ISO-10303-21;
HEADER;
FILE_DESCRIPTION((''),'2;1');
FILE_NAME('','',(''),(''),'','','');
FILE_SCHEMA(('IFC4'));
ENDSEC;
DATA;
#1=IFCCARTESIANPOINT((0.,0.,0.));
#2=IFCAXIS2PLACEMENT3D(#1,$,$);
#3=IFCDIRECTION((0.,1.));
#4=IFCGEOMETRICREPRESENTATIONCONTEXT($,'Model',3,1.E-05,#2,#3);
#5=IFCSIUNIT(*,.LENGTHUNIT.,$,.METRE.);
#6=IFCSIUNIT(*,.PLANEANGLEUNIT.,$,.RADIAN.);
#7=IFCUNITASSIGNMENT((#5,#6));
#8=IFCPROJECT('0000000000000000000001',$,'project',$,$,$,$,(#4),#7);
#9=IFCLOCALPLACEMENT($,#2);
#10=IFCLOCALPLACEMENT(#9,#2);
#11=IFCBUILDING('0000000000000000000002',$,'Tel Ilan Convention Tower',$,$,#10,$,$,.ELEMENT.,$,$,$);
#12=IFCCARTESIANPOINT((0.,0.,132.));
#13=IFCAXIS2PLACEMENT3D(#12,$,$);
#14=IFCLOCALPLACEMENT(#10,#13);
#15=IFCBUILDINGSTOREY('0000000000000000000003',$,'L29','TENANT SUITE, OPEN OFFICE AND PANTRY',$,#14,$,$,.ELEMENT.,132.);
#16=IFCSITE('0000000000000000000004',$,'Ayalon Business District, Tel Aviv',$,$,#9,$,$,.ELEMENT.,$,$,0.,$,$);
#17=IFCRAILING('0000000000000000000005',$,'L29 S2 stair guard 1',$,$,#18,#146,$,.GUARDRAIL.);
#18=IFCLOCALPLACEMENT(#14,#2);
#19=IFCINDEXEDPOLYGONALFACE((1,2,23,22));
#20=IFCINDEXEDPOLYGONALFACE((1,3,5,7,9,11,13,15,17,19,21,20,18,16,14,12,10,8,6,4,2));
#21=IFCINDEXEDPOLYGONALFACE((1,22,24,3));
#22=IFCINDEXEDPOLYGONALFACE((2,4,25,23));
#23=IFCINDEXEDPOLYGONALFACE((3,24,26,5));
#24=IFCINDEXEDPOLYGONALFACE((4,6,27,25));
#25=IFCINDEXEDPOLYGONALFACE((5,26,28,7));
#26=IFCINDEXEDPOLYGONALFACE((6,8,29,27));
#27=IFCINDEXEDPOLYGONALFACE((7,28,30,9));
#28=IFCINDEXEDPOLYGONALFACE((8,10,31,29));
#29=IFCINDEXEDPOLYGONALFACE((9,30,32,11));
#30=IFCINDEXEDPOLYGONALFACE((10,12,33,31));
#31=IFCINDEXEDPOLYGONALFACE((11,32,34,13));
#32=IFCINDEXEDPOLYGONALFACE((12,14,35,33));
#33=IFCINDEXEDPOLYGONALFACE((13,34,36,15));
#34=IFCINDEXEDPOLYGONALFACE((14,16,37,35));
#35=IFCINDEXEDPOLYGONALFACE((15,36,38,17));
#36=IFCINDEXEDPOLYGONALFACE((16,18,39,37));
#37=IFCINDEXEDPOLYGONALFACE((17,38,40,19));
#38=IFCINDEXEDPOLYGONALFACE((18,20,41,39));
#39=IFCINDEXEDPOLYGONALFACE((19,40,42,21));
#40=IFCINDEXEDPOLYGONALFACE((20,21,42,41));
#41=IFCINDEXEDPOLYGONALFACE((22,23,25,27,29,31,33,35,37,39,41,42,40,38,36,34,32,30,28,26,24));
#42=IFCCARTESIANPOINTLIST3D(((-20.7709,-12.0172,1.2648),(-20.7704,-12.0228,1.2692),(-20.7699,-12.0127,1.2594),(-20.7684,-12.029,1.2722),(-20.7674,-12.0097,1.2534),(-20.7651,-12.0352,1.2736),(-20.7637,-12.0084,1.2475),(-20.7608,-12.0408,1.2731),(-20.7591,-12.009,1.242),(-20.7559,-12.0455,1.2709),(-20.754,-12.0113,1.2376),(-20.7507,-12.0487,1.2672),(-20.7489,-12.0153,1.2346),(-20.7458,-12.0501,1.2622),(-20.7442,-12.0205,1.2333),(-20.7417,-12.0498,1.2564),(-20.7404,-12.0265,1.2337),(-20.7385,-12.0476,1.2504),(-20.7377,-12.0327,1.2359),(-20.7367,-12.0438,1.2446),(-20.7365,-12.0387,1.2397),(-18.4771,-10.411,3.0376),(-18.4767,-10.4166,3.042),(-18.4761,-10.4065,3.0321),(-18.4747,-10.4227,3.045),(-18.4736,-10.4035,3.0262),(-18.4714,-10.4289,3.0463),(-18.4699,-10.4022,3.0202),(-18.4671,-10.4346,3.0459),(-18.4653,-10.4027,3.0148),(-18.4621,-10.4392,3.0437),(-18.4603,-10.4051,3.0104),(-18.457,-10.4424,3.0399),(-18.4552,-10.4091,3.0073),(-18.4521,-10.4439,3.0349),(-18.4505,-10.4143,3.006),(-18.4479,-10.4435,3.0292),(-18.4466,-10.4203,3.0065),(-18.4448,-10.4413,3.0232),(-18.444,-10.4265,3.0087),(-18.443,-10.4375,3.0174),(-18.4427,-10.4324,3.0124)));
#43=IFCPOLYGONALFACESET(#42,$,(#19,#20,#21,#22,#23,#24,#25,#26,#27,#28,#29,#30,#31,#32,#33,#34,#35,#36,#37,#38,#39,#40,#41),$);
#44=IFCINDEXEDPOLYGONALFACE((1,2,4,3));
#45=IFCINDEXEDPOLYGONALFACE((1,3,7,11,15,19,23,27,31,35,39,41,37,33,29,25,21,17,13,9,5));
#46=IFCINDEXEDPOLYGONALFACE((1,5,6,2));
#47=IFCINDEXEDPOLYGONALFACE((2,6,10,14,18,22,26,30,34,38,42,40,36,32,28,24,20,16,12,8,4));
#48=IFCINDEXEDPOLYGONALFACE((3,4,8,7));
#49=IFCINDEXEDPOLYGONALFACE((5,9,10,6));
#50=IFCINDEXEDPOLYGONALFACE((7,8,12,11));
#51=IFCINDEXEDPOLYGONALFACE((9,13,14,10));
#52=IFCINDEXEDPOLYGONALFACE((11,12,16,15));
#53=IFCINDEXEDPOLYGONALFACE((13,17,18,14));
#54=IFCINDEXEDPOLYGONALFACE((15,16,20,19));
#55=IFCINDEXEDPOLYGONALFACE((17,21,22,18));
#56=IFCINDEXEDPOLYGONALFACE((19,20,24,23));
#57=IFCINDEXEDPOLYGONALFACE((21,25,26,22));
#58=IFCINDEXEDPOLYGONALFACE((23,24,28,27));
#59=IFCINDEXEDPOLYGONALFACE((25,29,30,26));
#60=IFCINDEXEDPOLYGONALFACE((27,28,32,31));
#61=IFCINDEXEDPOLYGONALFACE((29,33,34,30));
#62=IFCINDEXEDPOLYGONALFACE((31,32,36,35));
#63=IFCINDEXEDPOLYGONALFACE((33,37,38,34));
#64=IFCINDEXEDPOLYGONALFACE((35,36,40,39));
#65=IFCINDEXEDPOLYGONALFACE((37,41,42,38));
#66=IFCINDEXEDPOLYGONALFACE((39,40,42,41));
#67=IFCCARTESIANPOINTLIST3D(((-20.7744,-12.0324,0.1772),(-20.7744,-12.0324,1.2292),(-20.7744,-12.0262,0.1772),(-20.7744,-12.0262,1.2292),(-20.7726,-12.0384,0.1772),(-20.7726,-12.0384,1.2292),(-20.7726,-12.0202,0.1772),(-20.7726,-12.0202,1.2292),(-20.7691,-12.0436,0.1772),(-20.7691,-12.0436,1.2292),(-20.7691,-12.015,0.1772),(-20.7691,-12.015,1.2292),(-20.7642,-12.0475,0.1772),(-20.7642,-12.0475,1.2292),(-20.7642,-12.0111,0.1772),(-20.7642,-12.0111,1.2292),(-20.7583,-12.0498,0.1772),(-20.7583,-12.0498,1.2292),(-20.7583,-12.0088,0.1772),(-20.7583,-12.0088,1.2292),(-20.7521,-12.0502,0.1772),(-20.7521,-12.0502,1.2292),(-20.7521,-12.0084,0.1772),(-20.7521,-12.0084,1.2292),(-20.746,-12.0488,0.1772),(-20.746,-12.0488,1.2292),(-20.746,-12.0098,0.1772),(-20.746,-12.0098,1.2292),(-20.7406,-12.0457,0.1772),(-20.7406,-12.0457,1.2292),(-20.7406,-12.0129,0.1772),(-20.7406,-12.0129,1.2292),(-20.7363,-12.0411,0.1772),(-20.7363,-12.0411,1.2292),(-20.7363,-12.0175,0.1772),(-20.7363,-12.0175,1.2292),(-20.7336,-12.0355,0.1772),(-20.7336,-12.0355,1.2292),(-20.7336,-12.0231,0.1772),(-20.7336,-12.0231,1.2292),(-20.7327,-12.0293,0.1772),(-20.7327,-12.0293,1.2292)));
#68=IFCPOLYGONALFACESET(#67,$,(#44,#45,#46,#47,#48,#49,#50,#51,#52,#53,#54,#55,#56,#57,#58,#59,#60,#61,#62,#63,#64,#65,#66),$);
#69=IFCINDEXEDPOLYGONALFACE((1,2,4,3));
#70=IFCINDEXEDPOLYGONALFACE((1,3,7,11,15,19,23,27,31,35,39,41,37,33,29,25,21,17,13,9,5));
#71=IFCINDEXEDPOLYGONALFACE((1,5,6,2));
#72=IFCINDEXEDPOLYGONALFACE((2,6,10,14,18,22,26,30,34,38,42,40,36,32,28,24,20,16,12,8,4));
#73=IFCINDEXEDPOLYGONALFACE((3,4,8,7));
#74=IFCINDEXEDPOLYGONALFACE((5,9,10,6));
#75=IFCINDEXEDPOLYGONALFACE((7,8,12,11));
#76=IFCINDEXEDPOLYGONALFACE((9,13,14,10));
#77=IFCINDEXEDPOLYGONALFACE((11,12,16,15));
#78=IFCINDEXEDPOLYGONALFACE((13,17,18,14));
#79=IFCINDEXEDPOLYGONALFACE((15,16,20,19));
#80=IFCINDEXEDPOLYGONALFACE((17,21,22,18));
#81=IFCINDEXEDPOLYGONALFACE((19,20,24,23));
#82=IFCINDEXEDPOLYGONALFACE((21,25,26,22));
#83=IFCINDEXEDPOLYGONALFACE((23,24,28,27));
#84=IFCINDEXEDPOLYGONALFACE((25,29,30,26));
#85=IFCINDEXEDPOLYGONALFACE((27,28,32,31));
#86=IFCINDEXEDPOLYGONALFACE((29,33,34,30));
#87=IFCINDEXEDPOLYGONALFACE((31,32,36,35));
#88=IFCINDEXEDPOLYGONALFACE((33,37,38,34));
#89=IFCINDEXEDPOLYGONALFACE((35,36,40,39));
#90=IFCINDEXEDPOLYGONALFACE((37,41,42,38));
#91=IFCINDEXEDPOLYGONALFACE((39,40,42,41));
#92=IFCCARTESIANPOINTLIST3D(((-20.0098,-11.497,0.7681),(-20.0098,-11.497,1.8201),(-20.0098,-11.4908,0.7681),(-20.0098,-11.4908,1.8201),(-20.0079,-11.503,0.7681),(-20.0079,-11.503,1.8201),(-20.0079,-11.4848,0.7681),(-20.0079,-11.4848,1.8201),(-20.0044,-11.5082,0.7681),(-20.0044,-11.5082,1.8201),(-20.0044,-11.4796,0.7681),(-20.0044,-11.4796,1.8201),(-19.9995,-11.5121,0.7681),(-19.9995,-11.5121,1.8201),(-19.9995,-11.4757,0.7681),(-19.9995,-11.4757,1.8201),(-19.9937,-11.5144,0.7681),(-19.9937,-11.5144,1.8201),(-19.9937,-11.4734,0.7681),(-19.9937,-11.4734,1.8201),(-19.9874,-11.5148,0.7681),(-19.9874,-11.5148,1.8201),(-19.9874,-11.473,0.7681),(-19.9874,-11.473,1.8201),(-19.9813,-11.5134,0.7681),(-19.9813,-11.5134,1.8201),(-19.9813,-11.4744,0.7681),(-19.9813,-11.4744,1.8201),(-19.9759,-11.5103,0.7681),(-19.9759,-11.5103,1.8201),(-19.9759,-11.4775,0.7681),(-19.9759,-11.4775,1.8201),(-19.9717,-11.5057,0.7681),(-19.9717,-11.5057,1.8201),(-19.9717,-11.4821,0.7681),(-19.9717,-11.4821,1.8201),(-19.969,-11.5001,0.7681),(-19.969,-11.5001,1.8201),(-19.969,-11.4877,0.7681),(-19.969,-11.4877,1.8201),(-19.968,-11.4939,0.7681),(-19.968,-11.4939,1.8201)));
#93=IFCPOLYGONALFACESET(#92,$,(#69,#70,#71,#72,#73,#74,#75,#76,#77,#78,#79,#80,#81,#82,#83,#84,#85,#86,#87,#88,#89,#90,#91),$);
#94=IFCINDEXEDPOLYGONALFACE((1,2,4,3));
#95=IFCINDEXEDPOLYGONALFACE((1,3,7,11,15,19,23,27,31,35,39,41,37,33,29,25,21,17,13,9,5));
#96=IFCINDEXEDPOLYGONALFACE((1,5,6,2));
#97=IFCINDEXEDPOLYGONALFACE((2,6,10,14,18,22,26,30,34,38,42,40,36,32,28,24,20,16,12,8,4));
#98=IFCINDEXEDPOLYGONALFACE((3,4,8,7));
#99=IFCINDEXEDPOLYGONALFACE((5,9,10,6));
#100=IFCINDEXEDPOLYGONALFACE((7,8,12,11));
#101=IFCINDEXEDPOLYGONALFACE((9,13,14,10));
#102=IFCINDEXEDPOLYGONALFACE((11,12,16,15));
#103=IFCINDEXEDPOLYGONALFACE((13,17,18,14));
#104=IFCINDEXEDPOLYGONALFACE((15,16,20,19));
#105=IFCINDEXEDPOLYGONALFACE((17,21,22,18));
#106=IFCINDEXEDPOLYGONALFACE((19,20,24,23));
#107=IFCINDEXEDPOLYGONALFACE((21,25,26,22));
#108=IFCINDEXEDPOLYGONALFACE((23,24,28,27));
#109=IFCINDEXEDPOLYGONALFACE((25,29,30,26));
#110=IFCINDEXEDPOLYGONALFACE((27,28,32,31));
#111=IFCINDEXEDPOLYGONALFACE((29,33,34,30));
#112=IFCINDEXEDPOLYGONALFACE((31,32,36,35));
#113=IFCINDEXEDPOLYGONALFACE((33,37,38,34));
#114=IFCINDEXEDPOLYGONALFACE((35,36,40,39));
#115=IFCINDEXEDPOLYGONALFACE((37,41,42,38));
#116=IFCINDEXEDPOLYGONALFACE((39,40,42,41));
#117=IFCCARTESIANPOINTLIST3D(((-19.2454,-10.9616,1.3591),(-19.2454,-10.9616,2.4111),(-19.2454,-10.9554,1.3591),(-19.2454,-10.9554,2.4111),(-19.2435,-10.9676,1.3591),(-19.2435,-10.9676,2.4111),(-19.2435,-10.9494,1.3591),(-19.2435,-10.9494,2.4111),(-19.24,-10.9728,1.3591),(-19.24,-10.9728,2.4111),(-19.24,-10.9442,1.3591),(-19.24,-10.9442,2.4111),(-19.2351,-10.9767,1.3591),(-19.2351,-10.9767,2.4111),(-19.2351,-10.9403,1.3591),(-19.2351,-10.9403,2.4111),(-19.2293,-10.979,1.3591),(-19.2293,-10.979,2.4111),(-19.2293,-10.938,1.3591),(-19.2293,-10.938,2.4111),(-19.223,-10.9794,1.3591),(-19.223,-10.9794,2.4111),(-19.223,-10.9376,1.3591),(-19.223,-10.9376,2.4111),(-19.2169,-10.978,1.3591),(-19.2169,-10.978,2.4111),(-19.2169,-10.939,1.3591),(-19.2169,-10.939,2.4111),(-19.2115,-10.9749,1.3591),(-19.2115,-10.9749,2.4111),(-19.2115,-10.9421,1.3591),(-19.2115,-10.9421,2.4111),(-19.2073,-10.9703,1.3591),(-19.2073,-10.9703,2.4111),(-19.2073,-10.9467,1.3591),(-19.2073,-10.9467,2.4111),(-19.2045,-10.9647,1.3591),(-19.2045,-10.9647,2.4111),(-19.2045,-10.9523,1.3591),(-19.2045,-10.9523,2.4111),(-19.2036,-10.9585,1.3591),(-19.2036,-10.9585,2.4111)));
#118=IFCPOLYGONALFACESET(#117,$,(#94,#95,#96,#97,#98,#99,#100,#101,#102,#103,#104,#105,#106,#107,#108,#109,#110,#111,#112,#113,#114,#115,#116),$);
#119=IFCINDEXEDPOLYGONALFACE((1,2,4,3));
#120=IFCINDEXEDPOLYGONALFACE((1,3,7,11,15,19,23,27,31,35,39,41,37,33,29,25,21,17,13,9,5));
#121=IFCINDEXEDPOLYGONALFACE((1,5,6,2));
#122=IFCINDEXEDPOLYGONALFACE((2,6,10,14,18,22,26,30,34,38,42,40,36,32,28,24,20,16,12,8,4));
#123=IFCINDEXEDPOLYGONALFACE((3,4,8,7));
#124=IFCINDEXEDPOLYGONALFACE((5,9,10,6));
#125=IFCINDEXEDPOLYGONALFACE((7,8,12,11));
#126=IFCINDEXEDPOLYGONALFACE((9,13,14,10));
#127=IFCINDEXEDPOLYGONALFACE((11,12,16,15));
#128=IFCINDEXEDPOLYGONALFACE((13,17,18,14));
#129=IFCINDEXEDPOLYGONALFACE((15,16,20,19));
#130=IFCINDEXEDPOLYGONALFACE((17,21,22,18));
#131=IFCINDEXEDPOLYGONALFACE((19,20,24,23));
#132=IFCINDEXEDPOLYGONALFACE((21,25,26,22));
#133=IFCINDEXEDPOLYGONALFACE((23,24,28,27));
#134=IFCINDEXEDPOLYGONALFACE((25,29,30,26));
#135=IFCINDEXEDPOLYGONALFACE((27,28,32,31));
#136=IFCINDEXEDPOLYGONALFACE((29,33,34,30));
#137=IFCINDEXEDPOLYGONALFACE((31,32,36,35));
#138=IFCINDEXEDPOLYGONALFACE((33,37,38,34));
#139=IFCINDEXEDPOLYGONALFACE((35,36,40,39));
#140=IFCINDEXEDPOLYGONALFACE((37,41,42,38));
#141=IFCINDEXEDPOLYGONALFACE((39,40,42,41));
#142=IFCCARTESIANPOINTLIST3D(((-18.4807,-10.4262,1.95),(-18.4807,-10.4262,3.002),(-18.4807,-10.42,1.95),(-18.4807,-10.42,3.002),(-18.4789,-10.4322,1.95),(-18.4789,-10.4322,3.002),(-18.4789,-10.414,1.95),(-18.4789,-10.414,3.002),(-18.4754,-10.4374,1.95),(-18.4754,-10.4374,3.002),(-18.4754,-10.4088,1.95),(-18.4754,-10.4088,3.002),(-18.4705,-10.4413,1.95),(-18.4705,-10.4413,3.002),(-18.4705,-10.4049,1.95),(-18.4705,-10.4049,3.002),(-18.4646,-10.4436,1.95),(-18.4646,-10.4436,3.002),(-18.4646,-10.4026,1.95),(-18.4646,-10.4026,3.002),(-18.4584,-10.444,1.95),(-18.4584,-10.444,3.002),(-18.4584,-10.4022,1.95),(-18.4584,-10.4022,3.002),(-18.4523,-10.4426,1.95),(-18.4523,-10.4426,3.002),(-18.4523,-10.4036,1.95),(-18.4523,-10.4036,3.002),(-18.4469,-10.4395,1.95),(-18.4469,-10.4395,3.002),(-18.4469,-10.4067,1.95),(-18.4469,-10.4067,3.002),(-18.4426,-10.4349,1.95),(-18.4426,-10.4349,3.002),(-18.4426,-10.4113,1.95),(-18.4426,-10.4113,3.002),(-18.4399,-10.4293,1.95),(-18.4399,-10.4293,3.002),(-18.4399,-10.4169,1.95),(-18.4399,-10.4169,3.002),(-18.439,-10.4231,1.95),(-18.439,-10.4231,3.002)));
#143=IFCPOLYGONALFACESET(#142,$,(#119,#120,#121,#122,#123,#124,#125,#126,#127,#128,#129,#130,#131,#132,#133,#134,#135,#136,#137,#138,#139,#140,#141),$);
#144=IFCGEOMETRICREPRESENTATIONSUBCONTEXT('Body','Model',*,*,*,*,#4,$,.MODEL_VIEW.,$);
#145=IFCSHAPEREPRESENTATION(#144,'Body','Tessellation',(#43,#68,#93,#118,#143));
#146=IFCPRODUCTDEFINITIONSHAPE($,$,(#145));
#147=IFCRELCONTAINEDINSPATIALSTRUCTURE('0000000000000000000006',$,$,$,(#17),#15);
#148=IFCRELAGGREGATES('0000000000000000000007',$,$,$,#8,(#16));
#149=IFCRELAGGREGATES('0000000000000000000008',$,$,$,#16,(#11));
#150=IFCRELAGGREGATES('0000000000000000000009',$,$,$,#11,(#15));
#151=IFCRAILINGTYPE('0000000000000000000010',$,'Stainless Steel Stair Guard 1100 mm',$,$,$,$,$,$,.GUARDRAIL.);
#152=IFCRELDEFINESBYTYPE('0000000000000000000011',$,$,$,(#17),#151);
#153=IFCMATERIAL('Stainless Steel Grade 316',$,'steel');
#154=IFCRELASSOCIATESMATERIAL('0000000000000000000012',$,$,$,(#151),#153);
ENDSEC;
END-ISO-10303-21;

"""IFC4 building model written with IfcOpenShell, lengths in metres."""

from ifc_helpers import new_model, si_unit, direction, frame, origin, origin_2d, place, context, subcontext, project, spatial, circle, extrude, material, type_object, element, save


model = new_model("IFC4")

# Units and contexts
model_context = context("Model", 3, precision=1e-05, world=origin(), true_north=direction((0.0, 1.0)))
body_context = subcontext(model_context, "Body", "Model", "MODEL_VIEW")
ifc_project = project(units=[si_unit("LENGTHUNIT", "METRE"), si_unit("PLANEANGLEUNIT", "RADIAN")], contexts=[model_context])

# Site, building, storey
site_placement = place(None, origin())
site = spatial("IfcSite", under=ifc_project, at=site_placement, Name="Ayalon Business District, Tel Aviv", CompositionType="ELEMENT", RefElevation=0.0)
building_placement = place(site_placement, origin())
building = spatial("IfcBuilding", under=site, at=building_placement, Name="Tel Ilan Convention Tower", CompositionType="ELEMENT")
storey_placement = place(building_placement, frame((0.0, 0.0, 132.0)))
storey = spatial("IfcBuildingStorey", under=building, at=storey_placement, Name="L29", Description="TENANT SUITE, OPEN OFFICE AND PANTRY", CompositionType="ELEMENT", Elevation=132.0)

# Railing
ifc_material_1 = material(Name="Stainless Steel Grade 316", Category="steel")
railing_type_1 = type_object("IfcRailingType", Name="Stainless Steel Stair Guard 1100 mm", PredefinedType="GUARDRAIL", material=ifc_material_1)
railing_1_placement = place(storey_placement, frame((-20.7537, -12.0293, 0.1772)))
element("IfcRailing", 1, at=railing_1_placement, inside=storey, type_object=railing_type_1, Name="L29 S2 stair guard 1", PredefinedType="GUARDRAIL", context=body_context, shape_type="SweptSolid", body=[
    extrude(circle(Radius=0.0239, at=origin_2d()), frame((0.0, 0.0, 1.0762), z_axis=(0.692098, 0.484653, 0.534894), x_axis=(-0.573609, 0.81913, 0.0)), (0.0, 0.0, 1.0), 3.3142),
    extrude(circle(Radius=0.021, at=origin_2d()), origin(), (0.0, 0.0, 1.0), 1.052),
    extrude(circle(Radius=0.021, at=origin_2d()), frame((0.7646, 0.5354, 0.5908)), (0.0, 0.0, 1.0), 1.052),
    extrude(circle(Radius=0.021, at=origin_2d()), frame((1.5291, 1.0708, 1.1819)), (0.0, 0.0, 1.0), 1.052),
    extrude(circle(Radius=0.021, at=origin_2d()), frame((2.2937, 1.6062, 1.7727)), (0.0, 0.0, 1.0), 1.052),
])

save(model, "model.ifc")
